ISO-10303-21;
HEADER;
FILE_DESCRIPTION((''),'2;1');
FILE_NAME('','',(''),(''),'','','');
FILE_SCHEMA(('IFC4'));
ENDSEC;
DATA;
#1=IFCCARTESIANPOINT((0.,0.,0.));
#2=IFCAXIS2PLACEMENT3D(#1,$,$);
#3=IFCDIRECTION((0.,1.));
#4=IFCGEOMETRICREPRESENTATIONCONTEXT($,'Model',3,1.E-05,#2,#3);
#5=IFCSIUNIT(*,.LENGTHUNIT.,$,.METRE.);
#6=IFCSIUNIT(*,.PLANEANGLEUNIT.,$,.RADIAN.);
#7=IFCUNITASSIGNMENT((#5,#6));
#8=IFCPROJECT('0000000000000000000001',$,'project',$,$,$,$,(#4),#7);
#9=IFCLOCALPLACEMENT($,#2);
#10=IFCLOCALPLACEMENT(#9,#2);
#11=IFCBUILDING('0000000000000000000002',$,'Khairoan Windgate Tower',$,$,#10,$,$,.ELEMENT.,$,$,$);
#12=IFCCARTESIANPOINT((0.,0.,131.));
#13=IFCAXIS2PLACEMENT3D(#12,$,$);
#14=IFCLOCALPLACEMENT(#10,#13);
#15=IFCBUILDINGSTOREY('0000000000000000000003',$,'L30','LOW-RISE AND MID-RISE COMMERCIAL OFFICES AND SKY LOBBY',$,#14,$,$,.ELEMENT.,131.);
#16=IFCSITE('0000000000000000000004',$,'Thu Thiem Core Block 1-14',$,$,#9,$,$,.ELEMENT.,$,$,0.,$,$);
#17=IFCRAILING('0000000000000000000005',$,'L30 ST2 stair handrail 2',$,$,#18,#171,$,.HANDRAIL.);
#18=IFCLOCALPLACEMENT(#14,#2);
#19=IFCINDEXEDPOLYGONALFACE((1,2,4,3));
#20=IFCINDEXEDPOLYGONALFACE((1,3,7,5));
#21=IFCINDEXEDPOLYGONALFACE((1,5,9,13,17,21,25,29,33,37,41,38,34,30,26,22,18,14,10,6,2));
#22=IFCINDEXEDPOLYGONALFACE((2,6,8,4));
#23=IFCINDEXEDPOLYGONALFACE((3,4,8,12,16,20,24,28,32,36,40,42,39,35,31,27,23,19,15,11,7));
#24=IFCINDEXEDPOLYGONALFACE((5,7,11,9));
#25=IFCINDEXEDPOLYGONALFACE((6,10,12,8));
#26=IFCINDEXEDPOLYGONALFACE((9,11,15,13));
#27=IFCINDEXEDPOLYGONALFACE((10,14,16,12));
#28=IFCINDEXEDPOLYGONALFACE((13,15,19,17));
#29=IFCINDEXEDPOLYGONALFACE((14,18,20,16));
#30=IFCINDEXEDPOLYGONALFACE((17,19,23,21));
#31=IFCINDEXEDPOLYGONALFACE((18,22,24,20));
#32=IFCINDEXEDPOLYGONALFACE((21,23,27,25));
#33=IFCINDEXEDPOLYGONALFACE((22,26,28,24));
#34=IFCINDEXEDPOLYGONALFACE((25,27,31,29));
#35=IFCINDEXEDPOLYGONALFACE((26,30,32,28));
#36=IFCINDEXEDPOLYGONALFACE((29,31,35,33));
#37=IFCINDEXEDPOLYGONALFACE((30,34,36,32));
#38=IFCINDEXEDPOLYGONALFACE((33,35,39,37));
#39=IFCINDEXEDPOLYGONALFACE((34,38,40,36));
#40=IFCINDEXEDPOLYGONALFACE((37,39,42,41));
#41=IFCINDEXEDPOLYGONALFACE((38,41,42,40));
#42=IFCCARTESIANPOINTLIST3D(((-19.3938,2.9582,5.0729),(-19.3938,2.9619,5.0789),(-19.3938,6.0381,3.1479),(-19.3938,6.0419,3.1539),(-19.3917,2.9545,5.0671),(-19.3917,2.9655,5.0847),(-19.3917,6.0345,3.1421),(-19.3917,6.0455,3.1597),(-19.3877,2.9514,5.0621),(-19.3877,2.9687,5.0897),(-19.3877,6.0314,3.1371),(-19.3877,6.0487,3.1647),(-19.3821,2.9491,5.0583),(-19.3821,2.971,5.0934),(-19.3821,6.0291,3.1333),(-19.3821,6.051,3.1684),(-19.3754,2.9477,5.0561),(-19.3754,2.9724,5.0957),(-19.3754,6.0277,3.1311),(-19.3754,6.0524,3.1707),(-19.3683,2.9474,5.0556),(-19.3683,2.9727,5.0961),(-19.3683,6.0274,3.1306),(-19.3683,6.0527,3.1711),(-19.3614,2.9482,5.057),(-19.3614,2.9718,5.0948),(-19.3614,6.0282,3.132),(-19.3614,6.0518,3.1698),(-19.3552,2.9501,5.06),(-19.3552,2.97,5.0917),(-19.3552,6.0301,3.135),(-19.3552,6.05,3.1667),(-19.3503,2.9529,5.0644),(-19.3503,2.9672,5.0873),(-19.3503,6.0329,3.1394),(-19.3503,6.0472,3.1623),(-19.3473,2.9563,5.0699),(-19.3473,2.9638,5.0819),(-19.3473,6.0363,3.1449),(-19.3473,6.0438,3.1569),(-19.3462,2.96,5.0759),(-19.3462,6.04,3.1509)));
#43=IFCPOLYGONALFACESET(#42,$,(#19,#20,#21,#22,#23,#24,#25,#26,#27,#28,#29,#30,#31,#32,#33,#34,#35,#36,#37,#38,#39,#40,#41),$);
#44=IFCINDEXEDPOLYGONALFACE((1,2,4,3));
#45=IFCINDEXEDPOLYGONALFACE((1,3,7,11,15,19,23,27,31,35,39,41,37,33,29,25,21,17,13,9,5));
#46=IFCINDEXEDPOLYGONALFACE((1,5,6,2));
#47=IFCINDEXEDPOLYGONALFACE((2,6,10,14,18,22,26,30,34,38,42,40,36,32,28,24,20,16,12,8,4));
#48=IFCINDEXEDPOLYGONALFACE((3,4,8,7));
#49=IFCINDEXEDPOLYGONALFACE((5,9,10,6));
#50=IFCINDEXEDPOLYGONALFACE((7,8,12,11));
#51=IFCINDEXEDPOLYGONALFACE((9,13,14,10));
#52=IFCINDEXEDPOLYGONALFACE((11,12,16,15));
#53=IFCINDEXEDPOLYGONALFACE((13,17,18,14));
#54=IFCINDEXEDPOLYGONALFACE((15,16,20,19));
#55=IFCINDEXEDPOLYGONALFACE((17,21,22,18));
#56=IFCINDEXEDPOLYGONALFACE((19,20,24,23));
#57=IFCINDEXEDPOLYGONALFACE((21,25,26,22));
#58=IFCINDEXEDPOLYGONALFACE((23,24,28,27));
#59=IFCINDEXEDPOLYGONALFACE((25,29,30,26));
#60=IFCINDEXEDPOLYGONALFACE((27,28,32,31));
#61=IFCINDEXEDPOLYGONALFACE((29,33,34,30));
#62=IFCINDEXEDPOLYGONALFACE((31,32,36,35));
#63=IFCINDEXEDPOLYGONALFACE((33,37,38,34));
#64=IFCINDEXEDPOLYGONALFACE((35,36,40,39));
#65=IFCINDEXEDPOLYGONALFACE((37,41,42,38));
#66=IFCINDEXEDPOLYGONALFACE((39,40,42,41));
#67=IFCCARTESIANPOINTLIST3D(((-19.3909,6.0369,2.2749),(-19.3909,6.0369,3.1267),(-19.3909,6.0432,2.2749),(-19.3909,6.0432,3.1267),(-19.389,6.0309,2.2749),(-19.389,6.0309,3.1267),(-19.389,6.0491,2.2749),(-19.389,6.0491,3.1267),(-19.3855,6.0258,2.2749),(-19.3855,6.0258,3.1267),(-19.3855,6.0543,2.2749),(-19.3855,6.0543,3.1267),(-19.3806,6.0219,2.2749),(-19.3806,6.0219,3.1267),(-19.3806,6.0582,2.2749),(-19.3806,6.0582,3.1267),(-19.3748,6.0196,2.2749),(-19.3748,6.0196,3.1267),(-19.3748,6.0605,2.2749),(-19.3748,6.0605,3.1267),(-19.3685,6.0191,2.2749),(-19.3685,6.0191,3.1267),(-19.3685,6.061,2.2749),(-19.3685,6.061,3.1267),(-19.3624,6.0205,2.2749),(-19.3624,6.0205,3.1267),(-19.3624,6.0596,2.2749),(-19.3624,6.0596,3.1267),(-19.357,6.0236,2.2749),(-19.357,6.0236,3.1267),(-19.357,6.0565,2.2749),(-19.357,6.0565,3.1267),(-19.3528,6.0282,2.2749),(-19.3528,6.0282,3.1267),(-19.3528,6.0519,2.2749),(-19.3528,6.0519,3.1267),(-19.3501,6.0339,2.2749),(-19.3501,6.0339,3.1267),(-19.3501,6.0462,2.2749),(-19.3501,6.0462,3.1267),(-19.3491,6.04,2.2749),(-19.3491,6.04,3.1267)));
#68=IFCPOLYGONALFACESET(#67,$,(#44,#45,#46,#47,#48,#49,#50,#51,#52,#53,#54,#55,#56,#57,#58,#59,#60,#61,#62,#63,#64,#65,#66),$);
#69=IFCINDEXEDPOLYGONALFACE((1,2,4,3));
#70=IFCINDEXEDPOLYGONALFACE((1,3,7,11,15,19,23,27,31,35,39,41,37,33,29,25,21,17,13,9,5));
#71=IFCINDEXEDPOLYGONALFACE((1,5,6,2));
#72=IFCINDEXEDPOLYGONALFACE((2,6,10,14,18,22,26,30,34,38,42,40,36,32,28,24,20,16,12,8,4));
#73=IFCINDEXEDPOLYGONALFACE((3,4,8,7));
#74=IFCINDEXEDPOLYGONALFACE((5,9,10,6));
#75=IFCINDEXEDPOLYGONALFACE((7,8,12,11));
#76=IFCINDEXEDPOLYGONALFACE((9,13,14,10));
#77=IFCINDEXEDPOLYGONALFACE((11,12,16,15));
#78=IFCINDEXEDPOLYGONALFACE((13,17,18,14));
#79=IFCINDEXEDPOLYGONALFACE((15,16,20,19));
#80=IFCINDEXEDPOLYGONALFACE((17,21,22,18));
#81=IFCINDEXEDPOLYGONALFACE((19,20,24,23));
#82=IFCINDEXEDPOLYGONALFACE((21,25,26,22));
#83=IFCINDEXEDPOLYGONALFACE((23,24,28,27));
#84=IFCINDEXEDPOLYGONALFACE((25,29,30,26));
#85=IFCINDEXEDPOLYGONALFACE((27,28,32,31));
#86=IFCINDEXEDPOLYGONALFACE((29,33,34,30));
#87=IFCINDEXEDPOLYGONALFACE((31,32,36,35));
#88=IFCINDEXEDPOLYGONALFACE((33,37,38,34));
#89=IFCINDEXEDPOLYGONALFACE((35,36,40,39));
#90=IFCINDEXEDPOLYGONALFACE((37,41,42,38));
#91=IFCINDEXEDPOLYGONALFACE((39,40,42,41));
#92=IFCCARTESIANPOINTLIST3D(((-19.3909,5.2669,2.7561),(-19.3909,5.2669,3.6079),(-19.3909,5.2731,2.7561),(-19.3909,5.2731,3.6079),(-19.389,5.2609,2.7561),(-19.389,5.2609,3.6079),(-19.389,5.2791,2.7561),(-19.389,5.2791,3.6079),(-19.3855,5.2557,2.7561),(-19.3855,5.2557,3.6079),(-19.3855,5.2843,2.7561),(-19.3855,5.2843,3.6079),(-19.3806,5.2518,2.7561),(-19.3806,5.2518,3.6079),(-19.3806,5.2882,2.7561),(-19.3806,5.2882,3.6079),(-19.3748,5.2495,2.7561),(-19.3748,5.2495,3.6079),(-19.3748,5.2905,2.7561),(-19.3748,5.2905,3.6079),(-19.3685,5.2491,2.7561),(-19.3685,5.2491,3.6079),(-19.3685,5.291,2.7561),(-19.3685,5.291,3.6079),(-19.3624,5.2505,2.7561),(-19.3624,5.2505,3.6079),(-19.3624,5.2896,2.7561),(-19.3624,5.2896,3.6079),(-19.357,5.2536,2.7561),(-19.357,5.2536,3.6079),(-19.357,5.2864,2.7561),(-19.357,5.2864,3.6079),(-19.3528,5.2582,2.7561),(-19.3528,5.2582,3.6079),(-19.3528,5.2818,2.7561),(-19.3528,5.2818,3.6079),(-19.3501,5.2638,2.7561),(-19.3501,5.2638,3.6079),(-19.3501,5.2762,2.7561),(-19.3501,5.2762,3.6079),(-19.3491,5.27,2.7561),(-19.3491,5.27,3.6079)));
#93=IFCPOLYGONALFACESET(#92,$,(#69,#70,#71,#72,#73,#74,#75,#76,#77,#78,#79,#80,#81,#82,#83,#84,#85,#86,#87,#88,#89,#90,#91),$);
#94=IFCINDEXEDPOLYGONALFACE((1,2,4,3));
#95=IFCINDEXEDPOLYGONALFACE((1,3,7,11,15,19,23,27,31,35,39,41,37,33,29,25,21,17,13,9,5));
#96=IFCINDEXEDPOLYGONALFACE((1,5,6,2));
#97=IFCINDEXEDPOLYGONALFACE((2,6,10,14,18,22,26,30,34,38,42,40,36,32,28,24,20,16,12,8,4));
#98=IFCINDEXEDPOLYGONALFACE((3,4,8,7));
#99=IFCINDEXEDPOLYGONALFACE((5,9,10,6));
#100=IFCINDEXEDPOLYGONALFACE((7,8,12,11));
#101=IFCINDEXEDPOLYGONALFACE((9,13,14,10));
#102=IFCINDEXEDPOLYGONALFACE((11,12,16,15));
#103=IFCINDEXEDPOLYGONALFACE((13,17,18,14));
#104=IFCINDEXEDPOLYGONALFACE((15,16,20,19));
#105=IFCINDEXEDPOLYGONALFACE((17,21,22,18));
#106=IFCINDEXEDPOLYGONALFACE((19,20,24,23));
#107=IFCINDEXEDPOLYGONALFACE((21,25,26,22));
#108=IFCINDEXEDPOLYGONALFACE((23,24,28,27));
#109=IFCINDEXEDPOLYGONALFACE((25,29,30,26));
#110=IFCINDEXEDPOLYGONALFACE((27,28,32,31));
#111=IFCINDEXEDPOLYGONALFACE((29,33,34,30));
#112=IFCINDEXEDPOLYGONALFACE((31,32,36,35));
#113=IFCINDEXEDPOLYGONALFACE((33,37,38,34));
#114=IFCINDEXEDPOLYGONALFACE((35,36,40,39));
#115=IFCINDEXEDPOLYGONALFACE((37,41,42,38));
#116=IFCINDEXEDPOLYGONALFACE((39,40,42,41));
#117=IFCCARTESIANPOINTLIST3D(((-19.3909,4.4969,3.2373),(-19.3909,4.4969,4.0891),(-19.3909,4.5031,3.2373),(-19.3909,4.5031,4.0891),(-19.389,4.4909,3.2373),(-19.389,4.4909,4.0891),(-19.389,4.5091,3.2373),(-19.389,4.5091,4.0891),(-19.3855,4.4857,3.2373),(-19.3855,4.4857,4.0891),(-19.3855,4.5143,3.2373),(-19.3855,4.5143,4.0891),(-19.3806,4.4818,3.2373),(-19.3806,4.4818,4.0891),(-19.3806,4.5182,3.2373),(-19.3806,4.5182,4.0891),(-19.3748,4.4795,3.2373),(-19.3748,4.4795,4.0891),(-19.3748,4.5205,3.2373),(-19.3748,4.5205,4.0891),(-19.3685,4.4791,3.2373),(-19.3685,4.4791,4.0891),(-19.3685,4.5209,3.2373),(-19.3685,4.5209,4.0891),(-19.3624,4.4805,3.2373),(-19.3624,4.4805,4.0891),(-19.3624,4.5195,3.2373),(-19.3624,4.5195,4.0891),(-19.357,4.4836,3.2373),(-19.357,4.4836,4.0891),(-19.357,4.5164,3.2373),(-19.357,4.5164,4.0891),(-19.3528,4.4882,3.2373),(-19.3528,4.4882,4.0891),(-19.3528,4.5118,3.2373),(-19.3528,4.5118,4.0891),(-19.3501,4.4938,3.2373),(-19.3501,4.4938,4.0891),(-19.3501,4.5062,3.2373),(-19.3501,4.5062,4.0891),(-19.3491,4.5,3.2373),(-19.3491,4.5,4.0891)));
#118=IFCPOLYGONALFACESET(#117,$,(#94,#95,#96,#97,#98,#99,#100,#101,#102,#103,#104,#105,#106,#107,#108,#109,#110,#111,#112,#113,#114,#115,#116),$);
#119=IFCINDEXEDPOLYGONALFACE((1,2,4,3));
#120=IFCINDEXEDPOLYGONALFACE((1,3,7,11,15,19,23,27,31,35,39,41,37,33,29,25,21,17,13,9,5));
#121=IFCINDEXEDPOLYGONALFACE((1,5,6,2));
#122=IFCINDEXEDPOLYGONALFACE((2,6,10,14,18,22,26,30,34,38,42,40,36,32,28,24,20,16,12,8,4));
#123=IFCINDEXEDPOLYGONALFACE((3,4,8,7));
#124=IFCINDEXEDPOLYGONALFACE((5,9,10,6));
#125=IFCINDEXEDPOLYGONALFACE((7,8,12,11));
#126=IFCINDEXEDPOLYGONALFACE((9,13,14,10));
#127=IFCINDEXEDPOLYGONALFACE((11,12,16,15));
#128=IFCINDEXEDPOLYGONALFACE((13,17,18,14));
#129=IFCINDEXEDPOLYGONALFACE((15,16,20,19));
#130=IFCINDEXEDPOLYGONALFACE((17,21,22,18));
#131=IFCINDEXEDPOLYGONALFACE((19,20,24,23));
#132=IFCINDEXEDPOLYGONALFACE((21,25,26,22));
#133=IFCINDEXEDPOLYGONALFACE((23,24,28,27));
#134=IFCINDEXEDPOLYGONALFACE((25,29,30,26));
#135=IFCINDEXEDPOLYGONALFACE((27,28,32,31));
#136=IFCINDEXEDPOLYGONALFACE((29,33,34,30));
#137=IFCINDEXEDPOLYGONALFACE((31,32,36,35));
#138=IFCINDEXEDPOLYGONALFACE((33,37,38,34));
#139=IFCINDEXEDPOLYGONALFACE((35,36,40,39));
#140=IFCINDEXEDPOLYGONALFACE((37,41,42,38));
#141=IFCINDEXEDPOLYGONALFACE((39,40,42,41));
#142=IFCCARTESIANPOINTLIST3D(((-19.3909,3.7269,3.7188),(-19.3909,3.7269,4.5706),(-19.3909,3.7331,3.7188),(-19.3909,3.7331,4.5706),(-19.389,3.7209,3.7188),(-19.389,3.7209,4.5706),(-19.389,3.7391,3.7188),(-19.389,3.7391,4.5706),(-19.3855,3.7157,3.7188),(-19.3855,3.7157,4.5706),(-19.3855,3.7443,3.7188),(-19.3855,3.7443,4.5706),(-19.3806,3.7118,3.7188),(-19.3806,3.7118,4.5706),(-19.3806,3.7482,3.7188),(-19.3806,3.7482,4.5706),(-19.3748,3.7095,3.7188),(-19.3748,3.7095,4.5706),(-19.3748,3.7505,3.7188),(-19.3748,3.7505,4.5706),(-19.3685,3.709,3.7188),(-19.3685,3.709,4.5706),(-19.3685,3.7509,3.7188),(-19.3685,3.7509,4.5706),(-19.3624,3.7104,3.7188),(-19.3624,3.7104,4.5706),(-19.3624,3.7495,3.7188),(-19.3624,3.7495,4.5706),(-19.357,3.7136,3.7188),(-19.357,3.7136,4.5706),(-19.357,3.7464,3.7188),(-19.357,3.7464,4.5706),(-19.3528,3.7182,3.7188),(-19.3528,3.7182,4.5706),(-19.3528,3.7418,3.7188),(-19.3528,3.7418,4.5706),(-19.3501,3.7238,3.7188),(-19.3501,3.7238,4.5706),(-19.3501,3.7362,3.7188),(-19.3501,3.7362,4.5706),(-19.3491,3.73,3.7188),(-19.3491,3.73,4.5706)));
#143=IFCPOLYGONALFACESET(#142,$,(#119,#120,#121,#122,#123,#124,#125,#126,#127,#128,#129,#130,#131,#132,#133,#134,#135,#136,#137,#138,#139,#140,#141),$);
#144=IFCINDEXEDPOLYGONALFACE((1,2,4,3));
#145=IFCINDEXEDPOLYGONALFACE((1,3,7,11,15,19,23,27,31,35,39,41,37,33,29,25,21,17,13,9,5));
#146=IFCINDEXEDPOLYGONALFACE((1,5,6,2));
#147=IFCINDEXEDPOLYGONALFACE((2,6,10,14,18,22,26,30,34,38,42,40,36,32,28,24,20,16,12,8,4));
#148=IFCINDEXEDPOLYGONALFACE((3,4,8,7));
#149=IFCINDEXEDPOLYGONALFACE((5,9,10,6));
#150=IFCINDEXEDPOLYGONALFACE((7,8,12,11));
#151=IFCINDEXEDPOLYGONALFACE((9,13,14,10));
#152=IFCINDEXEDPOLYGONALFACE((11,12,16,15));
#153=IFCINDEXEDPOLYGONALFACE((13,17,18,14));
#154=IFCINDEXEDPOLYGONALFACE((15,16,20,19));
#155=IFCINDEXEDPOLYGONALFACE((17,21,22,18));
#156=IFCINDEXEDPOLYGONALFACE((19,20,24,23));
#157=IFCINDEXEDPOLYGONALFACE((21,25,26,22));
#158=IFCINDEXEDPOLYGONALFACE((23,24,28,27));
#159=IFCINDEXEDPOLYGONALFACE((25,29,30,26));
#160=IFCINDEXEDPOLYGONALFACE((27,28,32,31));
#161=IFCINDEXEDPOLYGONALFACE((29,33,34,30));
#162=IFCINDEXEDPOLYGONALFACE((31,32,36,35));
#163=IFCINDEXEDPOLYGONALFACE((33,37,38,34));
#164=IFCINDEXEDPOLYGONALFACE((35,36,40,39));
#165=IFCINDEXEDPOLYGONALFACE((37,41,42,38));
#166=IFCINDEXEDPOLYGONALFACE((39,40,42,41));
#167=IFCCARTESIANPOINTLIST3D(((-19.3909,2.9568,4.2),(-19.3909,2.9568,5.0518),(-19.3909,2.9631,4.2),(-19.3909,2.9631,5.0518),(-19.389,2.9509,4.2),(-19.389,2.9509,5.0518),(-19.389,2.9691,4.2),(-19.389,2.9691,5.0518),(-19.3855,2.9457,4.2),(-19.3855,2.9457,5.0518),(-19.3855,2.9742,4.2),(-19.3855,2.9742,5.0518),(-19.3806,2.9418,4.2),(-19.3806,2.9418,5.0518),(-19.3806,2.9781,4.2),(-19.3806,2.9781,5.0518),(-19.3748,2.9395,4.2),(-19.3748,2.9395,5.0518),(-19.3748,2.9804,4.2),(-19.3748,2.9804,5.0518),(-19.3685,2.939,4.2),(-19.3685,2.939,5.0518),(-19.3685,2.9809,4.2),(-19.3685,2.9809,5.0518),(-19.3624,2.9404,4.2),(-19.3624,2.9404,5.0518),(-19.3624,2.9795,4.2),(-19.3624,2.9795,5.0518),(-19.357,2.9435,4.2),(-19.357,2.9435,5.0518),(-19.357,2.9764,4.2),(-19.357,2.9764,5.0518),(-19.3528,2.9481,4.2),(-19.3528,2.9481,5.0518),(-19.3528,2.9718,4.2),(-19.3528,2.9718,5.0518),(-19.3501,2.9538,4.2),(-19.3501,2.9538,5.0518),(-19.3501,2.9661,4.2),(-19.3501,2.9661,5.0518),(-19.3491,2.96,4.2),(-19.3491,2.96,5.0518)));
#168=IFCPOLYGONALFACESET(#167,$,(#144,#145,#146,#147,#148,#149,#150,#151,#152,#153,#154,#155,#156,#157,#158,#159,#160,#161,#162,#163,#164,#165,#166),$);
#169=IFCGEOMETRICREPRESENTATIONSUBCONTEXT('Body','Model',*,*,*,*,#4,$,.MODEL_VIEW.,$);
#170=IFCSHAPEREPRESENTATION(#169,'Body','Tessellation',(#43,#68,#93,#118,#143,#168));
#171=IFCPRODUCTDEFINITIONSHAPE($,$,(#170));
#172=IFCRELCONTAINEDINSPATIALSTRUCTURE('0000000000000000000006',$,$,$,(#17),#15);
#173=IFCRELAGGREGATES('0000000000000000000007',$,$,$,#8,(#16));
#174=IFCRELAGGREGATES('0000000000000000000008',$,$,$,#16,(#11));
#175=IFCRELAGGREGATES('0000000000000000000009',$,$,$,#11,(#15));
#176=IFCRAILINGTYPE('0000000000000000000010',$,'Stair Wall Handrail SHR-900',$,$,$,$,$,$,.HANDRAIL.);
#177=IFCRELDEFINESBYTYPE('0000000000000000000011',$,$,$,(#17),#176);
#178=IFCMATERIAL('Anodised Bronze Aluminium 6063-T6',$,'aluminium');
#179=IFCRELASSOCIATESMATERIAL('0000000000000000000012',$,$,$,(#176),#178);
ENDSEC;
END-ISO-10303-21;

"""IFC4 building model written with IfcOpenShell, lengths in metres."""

from ifc_helpers import new_model, si_unit, direction, frame, origin, origin_2d, place, context, subcontext, project, spatial, circle, extrude, material, type_object, element, save


model = new_model("IFC4")

# Units and contexts
model_context = context("Model", 3, precision=1e-05, world=origin(), true_north=direction((0.0, 1.0)))
body_context = subcontext(model_context, "Body", "Model", "MODEL_VIEW")
ifc_project = project(units=[si_unit("LENGTHUNIT", "METRE"), si_unit("PLANEANGLEUNIT", "RADIAN")], contexts=[model_context])

# Site, building, storey
site_placement = place(None, origin())
site = spatial("IfcSite", under=ifc_project, at=site_placement, Name="Thu Thiem Core Block 1-14", CompositionType="ELEMENT", RefElevation=0.0)
building_placement = place(site_placement, origin())
building = spatial("IfcBuilding", under=site, at=building_placement, Name="Khairoan Windgate Tower", CompositionType="ELEMENT")
storey_placement = place(building_placement, frame((0.0, 0.0, 131.0)))
storey = spatial("IfcBuildingStorey", under=building, at=storey_placement, Name="L30", Description="LOW-RISE AND MID-RISE COMMERCIAL OFFICES AND SKY LOBBY", CompositionType="ELEMENT", Elevation=131.0)

# Railing
ifc_material_1 = material(Name="Anodised Bronze Aluminium 6063-T6", Category="aluminium")
railing_type_1 = type_object("IfcRailingType", Name="Stair Wall Handrail SHR-900", PredefinedType="HANDRAIL", material=ifc_material_1)
railing_1_placement = place(storey_placement, frame((-19.3701, 6.04, 2.2749)))
element("IfcRailing", 1, at=railing_1_placement, inside=storey, type_object=railing_type_1, Name="L30 ST2 stair handrail 2", PredefinedType="HANDRAIL", context=body_context, shape_type="SweptSolid", body=[
    extrude(circle(Radius=0.0239, at=origin_2d()), frame((0.0, 0.0, 0.876), z_axis=(0.0, -0.847998, 0.529999), x_axis=(1.0, 0.0, 0.0)), (0.0, 0.0, 1.0), 3.6321),
    extrude(circle(Radius=0.021, at=origin_2d()), origin(), (0.0, 0.0, 1.0), 0.8518),
    extrude(circle(Radius=0.021, at=origin_2d()), frame((0.0, -0.77, 0.4812)), (0.0, 0.0, 1.0), 0.8518),
    extrude(circle(Radius=0.021, at=origin_2d()), frame((0.0, -1.54, 0.9624)), (0.0, 0.0, 1.0), 0.8518),
    extrude(circle(Radius=0.021, at=origin_2d()), frame((0.0, -2.3101, 1.4438)), (0.0, 0.0, 1.0), 0.8518),
    extrude(circle(Radius=0.021, at=origin_2d()), frame((0.0, -3.0801, 1.925)), (0.0, 0.0, 1.0), 0.8518),
])

save(model, "model.ifc")
